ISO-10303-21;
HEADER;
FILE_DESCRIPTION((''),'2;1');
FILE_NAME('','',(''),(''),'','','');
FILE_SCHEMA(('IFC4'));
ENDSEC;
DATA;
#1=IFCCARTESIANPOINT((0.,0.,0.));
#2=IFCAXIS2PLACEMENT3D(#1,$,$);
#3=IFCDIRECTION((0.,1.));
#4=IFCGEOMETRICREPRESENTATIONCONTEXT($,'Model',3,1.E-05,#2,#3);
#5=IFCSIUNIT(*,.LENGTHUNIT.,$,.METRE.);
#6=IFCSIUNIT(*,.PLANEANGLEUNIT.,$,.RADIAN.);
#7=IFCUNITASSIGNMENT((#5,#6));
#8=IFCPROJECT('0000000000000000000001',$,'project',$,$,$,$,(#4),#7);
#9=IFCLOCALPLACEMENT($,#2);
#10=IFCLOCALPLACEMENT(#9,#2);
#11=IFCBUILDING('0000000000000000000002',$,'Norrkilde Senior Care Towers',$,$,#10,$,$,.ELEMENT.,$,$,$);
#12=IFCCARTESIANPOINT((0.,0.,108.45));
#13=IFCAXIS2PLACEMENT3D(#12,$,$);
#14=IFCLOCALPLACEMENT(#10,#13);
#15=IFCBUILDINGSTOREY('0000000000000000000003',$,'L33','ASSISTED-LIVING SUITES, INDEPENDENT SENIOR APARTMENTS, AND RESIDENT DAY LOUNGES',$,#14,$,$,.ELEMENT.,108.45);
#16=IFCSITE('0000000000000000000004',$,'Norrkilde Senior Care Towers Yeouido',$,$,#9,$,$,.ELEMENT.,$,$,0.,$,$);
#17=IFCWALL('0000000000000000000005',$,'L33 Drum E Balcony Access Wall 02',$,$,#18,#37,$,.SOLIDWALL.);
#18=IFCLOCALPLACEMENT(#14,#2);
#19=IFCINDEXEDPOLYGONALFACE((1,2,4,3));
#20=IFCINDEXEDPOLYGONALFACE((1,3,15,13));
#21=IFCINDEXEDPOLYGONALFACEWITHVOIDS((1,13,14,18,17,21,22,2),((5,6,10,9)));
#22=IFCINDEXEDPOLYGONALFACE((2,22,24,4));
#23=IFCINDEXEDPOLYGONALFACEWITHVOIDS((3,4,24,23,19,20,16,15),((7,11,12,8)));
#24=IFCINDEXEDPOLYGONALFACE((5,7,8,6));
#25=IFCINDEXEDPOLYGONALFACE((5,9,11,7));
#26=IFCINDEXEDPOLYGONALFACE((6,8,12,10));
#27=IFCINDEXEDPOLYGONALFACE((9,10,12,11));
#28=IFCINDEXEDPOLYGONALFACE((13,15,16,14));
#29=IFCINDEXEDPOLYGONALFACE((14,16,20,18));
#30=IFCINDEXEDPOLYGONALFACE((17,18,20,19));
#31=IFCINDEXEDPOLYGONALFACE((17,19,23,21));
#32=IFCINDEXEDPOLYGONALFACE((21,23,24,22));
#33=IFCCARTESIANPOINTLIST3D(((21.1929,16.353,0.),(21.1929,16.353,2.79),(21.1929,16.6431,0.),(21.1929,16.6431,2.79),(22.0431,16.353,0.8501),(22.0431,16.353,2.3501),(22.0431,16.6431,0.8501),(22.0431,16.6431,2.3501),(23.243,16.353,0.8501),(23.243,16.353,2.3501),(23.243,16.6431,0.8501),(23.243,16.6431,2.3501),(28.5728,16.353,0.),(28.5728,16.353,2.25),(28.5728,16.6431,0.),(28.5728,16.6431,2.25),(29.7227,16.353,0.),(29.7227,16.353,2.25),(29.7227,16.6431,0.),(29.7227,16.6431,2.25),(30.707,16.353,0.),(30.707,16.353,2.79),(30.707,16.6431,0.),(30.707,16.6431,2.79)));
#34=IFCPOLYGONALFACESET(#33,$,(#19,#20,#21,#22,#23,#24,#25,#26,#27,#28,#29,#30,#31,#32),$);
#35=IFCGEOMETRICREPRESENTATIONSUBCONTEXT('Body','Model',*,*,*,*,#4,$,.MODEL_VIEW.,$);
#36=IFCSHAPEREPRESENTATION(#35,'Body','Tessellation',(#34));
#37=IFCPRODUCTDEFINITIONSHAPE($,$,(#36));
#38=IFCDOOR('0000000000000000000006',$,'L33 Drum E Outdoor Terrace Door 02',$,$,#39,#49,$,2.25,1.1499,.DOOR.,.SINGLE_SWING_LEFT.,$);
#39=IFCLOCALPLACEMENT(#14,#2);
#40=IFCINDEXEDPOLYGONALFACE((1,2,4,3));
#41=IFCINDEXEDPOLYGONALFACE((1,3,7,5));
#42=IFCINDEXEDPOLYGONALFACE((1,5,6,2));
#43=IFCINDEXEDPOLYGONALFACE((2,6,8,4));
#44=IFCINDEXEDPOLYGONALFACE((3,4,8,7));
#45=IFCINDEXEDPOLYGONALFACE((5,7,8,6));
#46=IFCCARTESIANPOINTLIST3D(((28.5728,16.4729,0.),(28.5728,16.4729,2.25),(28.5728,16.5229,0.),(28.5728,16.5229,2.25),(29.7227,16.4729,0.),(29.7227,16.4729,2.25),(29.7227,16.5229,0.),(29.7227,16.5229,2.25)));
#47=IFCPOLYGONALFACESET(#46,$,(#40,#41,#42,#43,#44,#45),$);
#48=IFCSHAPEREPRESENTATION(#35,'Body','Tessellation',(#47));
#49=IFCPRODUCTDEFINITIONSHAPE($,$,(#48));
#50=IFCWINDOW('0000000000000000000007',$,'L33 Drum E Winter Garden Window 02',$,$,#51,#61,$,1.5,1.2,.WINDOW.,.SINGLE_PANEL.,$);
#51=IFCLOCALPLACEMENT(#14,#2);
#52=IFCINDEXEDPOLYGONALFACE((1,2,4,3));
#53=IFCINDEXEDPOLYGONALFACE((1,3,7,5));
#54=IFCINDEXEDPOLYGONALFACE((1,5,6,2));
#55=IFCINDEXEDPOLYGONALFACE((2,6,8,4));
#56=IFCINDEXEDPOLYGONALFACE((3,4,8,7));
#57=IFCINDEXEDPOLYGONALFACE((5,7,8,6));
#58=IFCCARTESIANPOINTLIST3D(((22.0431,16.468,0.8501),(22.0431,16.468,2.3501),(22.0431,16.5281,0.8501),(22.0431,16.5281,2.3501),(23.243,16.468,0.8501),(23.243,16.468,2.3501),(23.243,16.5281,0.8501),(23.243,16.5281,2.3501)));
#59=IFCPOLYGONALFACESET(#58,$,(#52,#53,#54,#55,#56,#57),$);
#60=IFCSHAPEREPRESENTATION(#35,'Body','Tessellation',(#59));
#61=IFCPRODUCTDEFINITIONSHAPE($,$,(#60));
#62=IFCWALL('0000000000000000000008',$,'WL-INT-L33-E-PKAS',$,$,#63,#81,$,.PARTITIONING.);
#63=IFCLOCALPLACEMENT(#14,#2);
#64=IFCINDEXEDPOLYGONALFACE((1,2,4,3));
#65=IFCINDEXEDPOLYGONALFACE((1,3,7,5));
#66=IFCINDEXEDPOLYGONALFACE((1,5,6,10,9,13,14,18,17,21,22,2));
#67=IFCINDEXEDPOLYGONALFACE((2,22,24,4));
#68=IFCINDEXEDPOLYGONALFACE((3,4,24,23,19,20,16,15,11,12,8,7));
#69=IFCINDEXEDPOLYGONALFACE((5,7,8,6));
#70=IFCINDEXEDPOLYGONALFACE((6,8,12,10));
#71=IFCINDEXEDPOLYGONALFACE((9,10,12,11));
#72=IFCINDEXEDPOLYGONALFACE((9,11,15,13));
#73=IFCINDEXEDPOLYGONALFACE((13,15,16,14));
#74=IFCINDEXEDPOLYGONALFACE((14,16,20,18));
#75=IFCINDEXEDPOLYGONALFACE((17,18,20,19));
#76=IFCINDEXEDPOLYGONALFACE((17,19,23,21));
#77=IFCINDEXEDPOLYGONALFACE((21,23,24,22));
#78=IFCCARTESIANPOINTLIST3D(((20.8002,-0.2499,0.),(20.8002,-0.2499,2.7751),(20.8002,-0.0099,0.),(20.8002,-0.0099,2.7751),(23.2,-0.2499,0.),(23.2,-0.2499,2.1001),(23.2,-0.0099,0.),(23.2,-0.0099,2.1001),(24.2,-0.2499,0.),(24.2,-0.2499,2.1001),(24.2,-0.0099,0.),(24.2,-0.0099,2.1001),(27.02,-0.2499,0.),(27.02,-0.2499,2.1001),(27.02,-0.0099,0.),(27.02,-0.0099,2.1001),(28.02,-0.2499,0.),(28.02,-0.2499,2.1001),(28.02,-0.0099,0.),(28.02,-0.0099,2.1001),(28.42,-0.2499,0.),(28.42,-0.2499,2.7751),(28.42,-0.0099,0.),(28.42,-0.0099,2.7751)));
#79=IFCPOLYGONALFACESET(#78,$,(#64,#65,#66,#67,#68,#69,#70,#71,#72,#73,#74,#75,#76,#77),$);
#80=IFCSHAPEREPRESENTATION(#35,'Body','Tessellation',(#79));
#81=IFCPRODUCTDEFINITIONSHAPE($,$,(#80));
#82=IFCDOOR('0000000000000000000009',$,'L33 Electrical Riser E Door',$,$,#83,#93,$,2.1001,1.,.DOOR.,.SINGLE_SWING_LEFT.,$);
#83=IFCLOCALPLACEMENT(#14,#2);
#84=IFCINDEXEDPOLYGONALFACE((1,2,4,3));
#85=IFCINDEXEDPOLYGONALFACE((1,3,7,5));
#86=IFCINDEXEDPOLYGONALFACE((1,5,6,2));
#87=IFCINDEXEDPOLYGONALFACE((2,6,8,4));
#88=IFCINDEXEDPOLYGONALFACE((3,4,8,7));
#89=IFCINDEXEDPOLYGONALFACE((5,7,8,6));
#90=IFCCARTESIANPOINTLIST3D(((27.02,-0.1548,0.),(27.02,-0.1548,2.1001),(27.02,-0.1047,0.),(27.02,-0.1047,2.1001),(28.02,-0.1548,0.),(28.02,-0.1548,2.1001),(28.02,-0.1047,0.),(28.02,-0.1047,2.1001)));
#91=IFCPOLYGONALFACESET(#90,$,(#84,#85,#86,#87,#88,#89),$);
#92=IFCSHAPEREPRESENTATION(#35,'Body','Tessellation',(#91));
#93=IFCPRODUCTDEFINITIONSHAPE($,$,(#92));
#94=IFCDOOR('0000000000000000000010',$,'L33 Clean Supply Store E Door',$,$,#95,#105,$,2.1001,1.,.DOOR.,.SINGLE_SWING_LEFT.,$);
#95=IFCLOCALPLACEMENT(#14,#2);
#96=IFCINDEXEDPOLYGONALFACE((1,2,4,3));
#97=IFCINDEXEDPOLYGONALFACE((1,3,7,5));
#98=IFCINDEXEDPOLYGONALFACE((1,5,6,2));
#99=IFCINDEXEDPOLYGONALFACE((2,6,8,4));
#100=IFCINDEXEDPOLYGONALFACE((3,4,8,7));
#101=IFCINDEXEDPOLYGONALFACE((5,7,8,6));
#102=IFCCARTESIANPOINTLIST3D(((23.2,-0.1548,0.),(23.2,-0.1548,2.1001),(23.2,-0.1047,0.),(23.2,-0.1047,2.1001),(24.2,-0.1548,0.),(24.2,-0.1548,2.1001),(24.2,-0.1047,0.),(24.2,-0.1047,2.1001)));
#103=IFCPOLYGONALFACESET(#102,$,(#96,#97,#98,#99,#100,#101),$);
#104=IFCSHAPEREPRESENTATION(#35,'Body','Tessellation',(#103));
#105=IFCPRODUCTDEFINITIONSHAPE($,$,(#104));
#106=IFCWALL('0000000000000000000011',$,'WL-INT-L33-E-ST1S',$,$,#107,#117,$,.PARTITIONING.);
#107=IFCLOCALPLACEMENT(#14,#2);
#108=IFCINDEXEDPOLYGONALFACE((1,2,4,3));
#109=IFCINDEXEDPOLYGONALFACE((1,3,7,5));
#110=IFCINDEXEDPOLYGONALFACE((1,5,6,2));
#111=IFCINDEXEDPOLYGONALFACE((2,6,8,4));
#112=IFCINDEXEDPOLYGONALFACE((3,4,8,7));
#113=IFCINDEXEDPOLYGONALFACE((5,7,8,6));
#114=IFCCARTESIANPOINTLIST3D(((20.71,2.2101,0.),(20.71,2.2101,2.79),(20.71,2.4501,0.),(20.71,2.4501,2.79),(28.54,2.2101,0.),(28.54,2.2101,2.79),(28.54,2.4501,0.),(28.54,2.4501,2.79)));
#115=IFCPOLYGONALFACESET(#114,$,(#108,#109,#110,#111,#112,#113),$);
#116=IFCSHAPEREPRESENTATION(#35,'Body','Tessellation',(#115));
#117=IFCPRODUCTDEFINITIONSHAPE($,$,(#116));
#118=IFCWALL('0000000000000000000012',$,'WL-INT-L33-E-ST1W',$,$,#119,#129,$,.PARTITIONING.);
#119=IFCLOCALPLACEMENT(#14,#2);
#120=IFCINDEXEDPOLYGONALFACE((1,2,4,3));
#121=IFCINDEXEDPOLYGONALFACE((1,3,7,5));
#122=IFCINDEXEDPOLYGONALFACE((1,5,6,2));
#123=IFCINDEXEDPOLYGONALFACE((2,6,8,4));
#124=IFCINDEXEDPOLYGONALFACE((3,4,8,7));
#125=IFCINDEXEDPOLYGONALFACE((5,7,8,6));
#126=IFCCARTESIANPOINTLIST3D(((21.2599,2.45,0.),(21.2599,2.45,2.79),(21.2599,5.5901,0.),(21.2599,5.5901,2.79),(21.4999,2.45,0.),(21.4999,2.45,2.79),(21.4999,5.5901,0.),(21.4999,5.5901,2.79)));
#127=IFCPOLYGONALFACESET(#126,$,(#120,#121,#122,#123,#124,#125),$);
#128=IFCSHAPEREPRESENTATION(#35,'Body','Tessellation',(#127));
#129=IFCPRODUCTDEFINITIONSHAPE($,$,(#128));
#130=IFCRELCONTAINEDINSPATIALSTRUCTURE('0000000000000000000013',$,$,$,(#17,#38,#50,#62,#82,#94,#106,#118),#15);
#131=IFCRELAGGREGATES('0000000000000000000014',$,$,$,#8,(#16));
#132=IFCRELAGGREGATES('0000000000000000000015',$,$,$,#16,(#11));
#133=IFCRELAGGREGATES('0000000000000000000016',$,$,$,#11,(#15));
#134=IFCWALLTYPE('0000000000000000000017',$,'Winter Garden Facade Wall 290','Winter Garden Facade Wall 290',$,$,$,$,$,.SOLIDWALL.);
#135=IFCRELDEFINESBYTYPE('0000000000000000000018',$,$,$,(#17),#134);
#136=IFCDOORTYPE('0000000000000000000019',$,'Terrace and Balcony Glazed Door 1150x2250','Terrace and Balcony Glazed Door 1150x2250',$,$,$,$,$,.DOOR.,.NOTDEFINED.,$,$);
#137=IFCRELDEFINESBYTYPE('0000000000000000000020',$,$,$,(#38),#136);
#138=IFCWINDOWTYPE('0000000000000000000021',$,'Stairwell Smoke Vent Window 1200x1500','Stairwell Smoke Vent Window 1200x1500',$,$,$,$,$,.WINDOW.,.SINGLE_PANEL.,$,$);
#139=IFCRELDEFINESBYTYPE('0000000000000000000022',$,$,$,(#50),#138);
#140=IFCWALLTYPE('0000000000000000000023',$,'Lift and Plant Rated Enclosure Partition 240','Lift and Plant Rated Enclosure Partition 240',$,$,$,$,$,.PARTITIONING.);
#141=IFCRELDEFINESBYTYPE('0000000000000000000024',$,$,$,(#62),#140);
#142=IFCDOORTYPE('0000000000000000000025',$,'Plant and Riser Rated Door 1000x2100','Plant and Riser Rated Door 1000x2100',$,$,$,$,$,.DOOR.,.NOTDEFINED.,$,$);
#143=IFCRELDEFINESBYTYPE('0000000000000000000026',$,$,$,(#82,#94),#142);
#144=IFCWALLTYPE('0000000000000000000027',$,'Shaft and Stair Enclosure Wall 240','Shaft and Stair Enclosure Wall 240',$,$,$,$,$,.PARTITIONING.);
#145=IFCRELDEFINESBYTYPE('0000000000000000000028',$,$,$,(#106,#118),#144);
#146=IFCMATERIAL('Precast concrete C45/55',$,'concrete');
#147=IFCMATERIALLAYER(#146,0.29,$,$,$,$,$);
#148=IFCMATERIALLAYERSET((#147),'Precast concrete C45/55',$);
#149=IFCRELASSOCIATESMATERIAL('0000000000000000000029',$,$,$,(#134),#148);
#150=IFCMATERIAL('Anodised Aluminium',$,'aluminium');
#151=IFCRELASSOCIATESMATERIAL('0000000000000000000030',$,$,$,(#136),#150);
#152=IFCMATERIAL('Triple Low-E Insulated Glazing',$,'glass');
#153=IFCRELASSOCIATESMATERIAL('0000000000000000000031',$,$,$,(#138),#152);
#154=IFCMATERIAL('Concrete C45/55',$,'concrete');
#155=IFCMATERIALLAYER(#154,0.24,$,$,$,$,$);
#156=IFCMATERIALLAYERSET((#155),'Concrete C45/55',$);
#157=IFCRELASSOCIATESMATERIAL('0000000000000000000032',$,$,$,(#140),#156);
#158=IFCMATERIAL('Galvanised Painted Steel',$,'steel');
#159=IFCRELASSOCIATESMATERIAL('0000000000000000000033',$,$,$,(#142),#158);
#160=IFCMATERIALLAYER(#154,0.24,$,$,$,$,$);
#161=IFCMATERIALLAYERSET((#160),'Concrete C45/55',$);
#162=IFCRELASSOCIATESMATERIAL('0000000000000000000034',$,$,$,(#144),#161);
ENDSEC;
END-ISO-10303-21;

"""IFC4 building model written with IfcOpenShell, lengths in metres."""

from ifc_helpers import new_model, si_unit, direction, frame, frame_2d, origin, place, context, subcontext, project, spatial, rectangle, extrude, source, transform, mapped, material, layer, layer_set, type_object, type_shapes, element, fill, save


model = new_model("IFC4")

# Units and contexts
model_context = context("Model", 3, precision=1e-05, world=origin(), true_north=direction((0.0, 1.0)))
body_context = subcontext(model_context, "Body", "Model", "MODEL_VIEW")
ifc_project = project(units=[si_unit("LENGTHUNIT", "METRE"), si_unit("PLANEANGLEUNIT", "RADIAN")], contexts=[model_context])

# Site, building, storey
site_placement = place(None, origin())
site = spatial("IfcSite", under=ifc_project, at=site_placement, Name="Norrkilde Senior Care Towers Yeouido", CompositionType="ELEMENT", RefElevation=0.0)
building_placement = place(site_placement, origin())
building = spatial("IfcBuilding", under=site, at=building_placement, Name="Norrkilde Senior Care Towers", CompositionType="ELEMENT")
storey_placement = place(building_placement, frame((0.0, 0.0, 108.45)))
storey = spatial("IfcBuildingStorey", under=building, at=storey_placement, Name="L33", Description="ASSISTED-LIVING SUITES, INDEPENDENT SENIOR APARTMENTS, AND RESIDENT DAY LOUNGES", CompositionType="ELEMENT", Elevation=108.45)

# Shared definitions
ifc_material_1 = material(Name="Triple Low-E Insulated Glazing", Category="glass")
ifc_material_2 = material(Name="Anodised Aluminium", Category="aluminium")

# Wall, openings, door, window
ifc_material_3 = material(Name="Precast concrete C45/55", Category="concrete")
ifc_layer_1 = layer(ifc_material_3, 0.29)
ifc_layer_set_1 = layer_set([ifc_layer_1], Name="Precast concrete C45/55")
wall_type_1 = type_object("IfcWallType", Name="Winter Garden Facade Wall 290", Description="Winter Garden Facade Wall 290", PredefinedType="SOLIDWALL", material=ifc_layer_set_1)
shared_shape_1 = source(origin(), body_context, "Body", "SweptSolid", [
    extrude(rectangle(XDim=9.5142, YDim=0.29, at=frame_2d((4.7571, 0.0))), origin(), (0.0, 0.0, 1.0), 2.79),
])
type_shapes(wall_type_1, [shared_shape_1])
wall_1_placement = place(storey_placement, frame((21.1929, 16.498, 0.0), z_axis=(0.0, 0.0, 1.0), x_axis=(1.0, 0.0, 0.0)))
wall_1 = element("IfcWall", 1, at=wall_1_placement, inside=storey, type_object=wall_type_1, Name="L33 Drum E Balcony Access Wall 02", PredefinedType="SOLIDWALL", context=body_context, shape_type="MappedRepresentation", body=[
    mapped(shared_shape_1, transform((0.0, 0.0, 0.0), x_axis=(1.0, 0.0, 0.0), y_axis=(0.0, 1.0, 0.0), z_axis=(0.0, 0.0, 1.0), scale=1.0)),
])
opening_1_placement = place(wall_1_placement, frame((7.3799, 0.0, 0.0)))
opening_1 = element("IfcOpeningElement", 2, at=opening_1_placement, cuts=wall_1, PredefinedType="OPENING", context=body_context, shape_type="SweptSolid", body=[
    extrude(rectangle(XDim=1.1499, YDim=2.25, at=frame_2d((0.575, 1.125))), frame((0.0, 0.155, 0.0), z_axis=(0.0, -1.0, 0.0), x_axis=(1.0, 0.0, 0.0)), (0.0, 0.0, 1.0), 0.3101),
])
opening_2_placement = place(wall_1_placement, frame((0.8501, 0.0, 0.8501)))
opening_2 = element("IfcOpeningElement", 3, at=opening_2_placement, cuts=wall_1, PredefinedType="OPENING", context=body_context, shape_type="SweptSolid", body=[
    extrude(rectangle(XDim=1.2, YDim=1.5, at=frame_2d((0.6001, 0.75))), frame((0.0, 0.155, 0.0), z_axis=(0.0, -1.0, 0.0), x_axis=(1.0, 0.0, 0.0)), (0.0, 0.0, 1.0), 0.3101),
])
door_type_1 = type_object("IfcDoorType", Name="Terrace and Balcony Glazed Door 1150x2250", Description="Terrace and Balcony Glazed Door 1150x2250", OperationType="NOTDEFINED", PredefinedType="DOOR", material=ifc_material_2)
shared_shape_2 = source(origin(), body_context, "Body", "SweptSolid", [
    extrude(rectangle(XDim=1.1499, YDim=2.25, at=frame_2d((0.575, 1.125))), frame((0.0, 0.0249, 0.0), z_axis=(0.0, -1.0, 0.0), x_axis=(1.0, 0.0, 0.0)), (0.0, 0.0, 1.0), 0.05),
])
type_shapes(door_type_1, [shared_shape_2])
door_1_placement = place(opening_1_placement, origin())
door_1 = element("IfcDoor", 4, at=door_1_placement, inside=storey, type_object=door_type_1, Name="L33 Drum E Outdoor Terrace Door 02", OperationType="SINGLE_SWING_LEFT", OverallHeight=2.25, OverallWidth=1.1499, PredefinedType="DOOR", context=body_context, shape_type="MappedRepresentation", body=[
    mapped(shared_shape_2, transform((0.0, 0.0, 0.0), x_axis=(1.0, 0.0, 0.0), y_axis=(0.0, 1.0, 0.0), z_axis=(0.0, 0.0, 1.0), scale=1.0)),
])
fill(opening_1, door_1)
window_type = type_object("IfcWindowType", Name="Stairwell Smoke Vent Window 1200x1500", Description="Stairwell Smoke Vent Window 1200x1500", PartitioningType="SINGLE_PANEL", PredefinedType="WINDOW", material=ifc_material_1)
shared_shape_3 = source(origin(), body_context, "Body", "SweptSolid", [
    extrude(rectangle(XDim=1.2, YDim=1.5, at=frame_2d((0.6001, 0.75))), frame((0.0, 0.03, 0.0), z_axis=(0.0, -1.0, 0.0), x_axis=(1.0, 0.0, 0.0)), (0.0, 0.0, 1.0), 0.0601),
])
type_shapes(window_type, [shared_shape_3])
window_placement = place(opening_2_placement, origin())
window = element("IfcWindow", 5, at=window_placement, inside=storey, type_object=window_type, Name="L33 Drum E Winter Garden Window 02", OverallHeight=1.5, OverallWidth=1.2, PartitioningType="SINGLE_PANEL", PredefinedType="WINDOW", context=body_context, shape_type="MappedRepresentation", body=[
    mapped(shared_shape_3, transform((0.0, 0.0, 0.0), x_axis=(1.0, 0.0, 0.0), y_axis=(0.0, 1.0, 0.0), z_axis=(0.0, 0.0, 1.0), scale=1.0)),
])
fill(opening_2, window)

# Wall, openings, doors
ifc_material_4 = material(Name="Concrete C45/55", Category="concrete")
ifc_layer_2 = layer(ifc_material_4, 0.24)
ifc_layer_set_2 = layer_set([ifc_layer_2], Name="Concrete C45/55")
wall_type_2 = type_object("IfcWallType", Name="Lift and Plant Rated Enclosure Partition 240", Description="Lift and Plant Rated Enclosure Partition 240", PredefinedType="PARTITIONING", material=ifc_layer_set_2)
shared_shape_4 = source(origin(), body_context, "Body", "SweptSolid", [
    extrude(rectangle(XDim=7.6199, YDim=0.24, at=frame_2d((3.8101, 0.0))), origin(), (0.0, 0.0, 1.0), 2.7751),
])
type_shapes(wall_type_2, [shared_shape_4])
wall_2_placement = place(storey_placement, frame((20.8, -0.1299, 0.0), z_axis=(0.0, 0.0, 1.0), x_axis=(1.0, 0.0, 0.0)))
wall_2 = element("IfcWall", 6, at=wall_2_placement, inside=storey, type_object=wall_type_2, Name="WL-INT-L33-E-PKAS", PredefinedType="PARTITIONING", context=body_context, shape_type="MappedRepresentation", body=[
    mapped(shared_shape_4, transform((0.0, 0.0, 0.0), x_axis=(1.0, 0.0, 0.0), y_axis=(0.0, 1.0, 0.0), z_axis=(0.0, 0.0, 1.0), scale=1.0)),
])
opening_3_placement = place(wall_2_placement, frame((6.22, 0.0, 0.0)))
opening_3 = element("IfcOpeningElement", 7, at=opening_3_placement, cuts=wall_2, PredefinedType="OPENING", context=body_context, shape_type="SweptSolid", body=[
    extrude(rectangle(XDim=1.0, YDim=2.1001, at=frame_2d((0.5, 1.05))), frame((0.0, 0.1299, 0.0), z_axis=(0.0, -1.0, 0.0), x_axis=(1.0, 0.0, 0.0)), (0.0, 0.0, 1.0), 0.26),
])
opening_4_placement = place(wall_2_placement, frame((2.3999, 0.0, 0.0)))
opening_4 = element("IfcOpeningElement", 8, at=opening_4_placement, cuts=wall_2, PredefinedType="OPENING", context=body_context, shape_type="SweptSolid", body=[
    extrude(rectangle(XDim=1.0, YDim=2.1001, at=frame_2d((0.5, 1.05))), frame((0.0, 0.1299, 0.0), z_axis=(0.0, -1.0, 0.0), x_axis=(1.0, 0.0, 0.0)), (0.0, 0.0, 1.0), 0.26),
])
ifc_material_5 = material(Name="Galvanised Painted Steel", Category="steel")
door_type_2 = type_object("IfcDoorType", Name="Plant and Riser Rated Door 1000x2100", Description="Plant and Riser Rated Door 1000x2100", OperationType="NOTDEFINED", PredefinedType="DOOR", material=ifc_material_5)
shared_shape_5 = source(origin(), body_context, "Body", "SweptSolid", [
    extrude(rectangle(XDim=1.0, YDim=2.1001, at=frame_2d((0.5, 1.05))), frame((0.0, 0.0249, 0.0), z_axis=(0.0, -1.0, 0.0), x_axis=(1.0, 0.0, 0.0)), (0.0, 0.0, 1.0), 0.05),
])
type_shapes(door_type_2, [shared_shape_5])
door_2_placement = place(opening_3_placement, frame((1.0, 0.0, 0.0), z_axis=(0.0, 0.0, 1.0), x_axis=(-1.0, 0.0, 0.0)))
door_2 = element("IfcDoor", 9, at=door_2_placement, inside=storey, type_object=door_type_2, Name="L33 Electrical Riser E Door", OperationType="SINGLE_SWING_LEFT", OverallHeight=2.1001, OverallWidth=1.0, PredefinedType="DOOR", context=body_context, shape_type="MappedRepresentation", body=[
    mapped(shared_shape_5, transform((0.0, 0.0, 0.0), x_axis=(1.0, 0.0, 0.0), y_axis=(0.0, 1.0, 0.0), z_axis=(0.0, 0.0, 1.0), scale=1.0)),
])
fill(opening_3, door_2)
door_3_placement = place(opening_4_placement, frame((1.0, 0.0, 0.0), z_axis=(0.0, 0.0, 1.0), x_axis=(-1.0, 0.0, 0.0)))
door_3 = element("IfcDoor", 10, at=door_3_placement, inside=storey, type_object=door_type_2, Name="L33 Clean Supply Store E Door", OperationType="SINGLE_SWING_LEFT", OverallHeight=2.1001, OverallWidth=1.0, PredefinedType="DOOR", context=body_context, shape_type="MappedRepresentation", body=[
    mapped(shared_shape_5, transform((0.0, 0.0, 0.0), x_axis=(1.0, 0.0, 0.0), y_axis=(0.0, 1.0, 0.0), z_axis=(0.0, 0.0, 1.0), scale=1.0)),
])
fill(opening_4, door_3)

# Walls
ifc_layer_3 = layer(ifc_material_4, 0.24)
ifc_layer_set_3 = layer_set([ifc_layer_3], Name="Concrete C45/55")
wall_type_3 = type_object("IfcWallType", Name="Shaft and Stair Enclosure Wall 240", Description="Shaft and Stair Enclosure Wall 240", PredefinedType="PARTITIONING", material=ifc_layer_set_3)
shared_shape_6 = source(origin(), body_context, "Body", "SweptSolid", [
    extrude(rectangle(XDim=7.8301, YDim=0.24, at=frame_2d((3.915, 0.0))), origin(), (0.0, 0.0, 1.0), 2.79),
])
wall_3_placement = place(storey_placement, frame((20.71, 2.3301, 0.0), z_axis=(0.0, 0.0, 1.0), x_axis=(1.0, 0.0, 0.0)))
element("IfcWall", 11, at=wall_3_placement, inside=storey, type_object=wall_type_3, Name="WL-INT-L33-E-ST1S", PredefinedType="PARTITIONING", context=body_context, shape_type="MappedRepresentation", body=[
    mapped(shared_shape_6, transform((0.0, 0.0, 0.0), x_axis=(1.0, 0.0, 0.0), y_axis=(0.0, 1.0, 0.0), z_axis=(0.0, 0.0, 1.0), scale=1.0)),
])
shared_shape_7 = source(origin(), body_context, "Body", "SweptSolid", [
    extrude(rectangle(XDim=3.1401, YDim=0.24, at=frame_2d((1.5701, 0.0))), origin(), (0.0, 0.0, 1.0), 2.79),
])
type_shapes(wall_type_3, [shared_shape_6, shared_shape_7])
wall_4_placement = place(storey_placement, frame((21.3799, 2.45, 0.0), z_axis=(0.0, 0.0, 1.0), x_axis=(0.0, 1.0, 0.0)))
element("IfcWall", 12, at=wall_4_placement, inside=storey, type_object=wall_type_3, Name="WL-INT-L33-E-ST1W", PredefinedType="PARTITIONING", context=body_context, shape_type="MappedRepresentation", body=[
    mapped(shared_shape_7, transform((0.0, 0.0, 0.0), x_axis=(1.0, 0.0, 0.0), y_axis=(0.0, 1.0, 0.0), z_axis=(0.0, 0.0, 1.0), scale=1.0)),
])

save(model, "model.ifc")
